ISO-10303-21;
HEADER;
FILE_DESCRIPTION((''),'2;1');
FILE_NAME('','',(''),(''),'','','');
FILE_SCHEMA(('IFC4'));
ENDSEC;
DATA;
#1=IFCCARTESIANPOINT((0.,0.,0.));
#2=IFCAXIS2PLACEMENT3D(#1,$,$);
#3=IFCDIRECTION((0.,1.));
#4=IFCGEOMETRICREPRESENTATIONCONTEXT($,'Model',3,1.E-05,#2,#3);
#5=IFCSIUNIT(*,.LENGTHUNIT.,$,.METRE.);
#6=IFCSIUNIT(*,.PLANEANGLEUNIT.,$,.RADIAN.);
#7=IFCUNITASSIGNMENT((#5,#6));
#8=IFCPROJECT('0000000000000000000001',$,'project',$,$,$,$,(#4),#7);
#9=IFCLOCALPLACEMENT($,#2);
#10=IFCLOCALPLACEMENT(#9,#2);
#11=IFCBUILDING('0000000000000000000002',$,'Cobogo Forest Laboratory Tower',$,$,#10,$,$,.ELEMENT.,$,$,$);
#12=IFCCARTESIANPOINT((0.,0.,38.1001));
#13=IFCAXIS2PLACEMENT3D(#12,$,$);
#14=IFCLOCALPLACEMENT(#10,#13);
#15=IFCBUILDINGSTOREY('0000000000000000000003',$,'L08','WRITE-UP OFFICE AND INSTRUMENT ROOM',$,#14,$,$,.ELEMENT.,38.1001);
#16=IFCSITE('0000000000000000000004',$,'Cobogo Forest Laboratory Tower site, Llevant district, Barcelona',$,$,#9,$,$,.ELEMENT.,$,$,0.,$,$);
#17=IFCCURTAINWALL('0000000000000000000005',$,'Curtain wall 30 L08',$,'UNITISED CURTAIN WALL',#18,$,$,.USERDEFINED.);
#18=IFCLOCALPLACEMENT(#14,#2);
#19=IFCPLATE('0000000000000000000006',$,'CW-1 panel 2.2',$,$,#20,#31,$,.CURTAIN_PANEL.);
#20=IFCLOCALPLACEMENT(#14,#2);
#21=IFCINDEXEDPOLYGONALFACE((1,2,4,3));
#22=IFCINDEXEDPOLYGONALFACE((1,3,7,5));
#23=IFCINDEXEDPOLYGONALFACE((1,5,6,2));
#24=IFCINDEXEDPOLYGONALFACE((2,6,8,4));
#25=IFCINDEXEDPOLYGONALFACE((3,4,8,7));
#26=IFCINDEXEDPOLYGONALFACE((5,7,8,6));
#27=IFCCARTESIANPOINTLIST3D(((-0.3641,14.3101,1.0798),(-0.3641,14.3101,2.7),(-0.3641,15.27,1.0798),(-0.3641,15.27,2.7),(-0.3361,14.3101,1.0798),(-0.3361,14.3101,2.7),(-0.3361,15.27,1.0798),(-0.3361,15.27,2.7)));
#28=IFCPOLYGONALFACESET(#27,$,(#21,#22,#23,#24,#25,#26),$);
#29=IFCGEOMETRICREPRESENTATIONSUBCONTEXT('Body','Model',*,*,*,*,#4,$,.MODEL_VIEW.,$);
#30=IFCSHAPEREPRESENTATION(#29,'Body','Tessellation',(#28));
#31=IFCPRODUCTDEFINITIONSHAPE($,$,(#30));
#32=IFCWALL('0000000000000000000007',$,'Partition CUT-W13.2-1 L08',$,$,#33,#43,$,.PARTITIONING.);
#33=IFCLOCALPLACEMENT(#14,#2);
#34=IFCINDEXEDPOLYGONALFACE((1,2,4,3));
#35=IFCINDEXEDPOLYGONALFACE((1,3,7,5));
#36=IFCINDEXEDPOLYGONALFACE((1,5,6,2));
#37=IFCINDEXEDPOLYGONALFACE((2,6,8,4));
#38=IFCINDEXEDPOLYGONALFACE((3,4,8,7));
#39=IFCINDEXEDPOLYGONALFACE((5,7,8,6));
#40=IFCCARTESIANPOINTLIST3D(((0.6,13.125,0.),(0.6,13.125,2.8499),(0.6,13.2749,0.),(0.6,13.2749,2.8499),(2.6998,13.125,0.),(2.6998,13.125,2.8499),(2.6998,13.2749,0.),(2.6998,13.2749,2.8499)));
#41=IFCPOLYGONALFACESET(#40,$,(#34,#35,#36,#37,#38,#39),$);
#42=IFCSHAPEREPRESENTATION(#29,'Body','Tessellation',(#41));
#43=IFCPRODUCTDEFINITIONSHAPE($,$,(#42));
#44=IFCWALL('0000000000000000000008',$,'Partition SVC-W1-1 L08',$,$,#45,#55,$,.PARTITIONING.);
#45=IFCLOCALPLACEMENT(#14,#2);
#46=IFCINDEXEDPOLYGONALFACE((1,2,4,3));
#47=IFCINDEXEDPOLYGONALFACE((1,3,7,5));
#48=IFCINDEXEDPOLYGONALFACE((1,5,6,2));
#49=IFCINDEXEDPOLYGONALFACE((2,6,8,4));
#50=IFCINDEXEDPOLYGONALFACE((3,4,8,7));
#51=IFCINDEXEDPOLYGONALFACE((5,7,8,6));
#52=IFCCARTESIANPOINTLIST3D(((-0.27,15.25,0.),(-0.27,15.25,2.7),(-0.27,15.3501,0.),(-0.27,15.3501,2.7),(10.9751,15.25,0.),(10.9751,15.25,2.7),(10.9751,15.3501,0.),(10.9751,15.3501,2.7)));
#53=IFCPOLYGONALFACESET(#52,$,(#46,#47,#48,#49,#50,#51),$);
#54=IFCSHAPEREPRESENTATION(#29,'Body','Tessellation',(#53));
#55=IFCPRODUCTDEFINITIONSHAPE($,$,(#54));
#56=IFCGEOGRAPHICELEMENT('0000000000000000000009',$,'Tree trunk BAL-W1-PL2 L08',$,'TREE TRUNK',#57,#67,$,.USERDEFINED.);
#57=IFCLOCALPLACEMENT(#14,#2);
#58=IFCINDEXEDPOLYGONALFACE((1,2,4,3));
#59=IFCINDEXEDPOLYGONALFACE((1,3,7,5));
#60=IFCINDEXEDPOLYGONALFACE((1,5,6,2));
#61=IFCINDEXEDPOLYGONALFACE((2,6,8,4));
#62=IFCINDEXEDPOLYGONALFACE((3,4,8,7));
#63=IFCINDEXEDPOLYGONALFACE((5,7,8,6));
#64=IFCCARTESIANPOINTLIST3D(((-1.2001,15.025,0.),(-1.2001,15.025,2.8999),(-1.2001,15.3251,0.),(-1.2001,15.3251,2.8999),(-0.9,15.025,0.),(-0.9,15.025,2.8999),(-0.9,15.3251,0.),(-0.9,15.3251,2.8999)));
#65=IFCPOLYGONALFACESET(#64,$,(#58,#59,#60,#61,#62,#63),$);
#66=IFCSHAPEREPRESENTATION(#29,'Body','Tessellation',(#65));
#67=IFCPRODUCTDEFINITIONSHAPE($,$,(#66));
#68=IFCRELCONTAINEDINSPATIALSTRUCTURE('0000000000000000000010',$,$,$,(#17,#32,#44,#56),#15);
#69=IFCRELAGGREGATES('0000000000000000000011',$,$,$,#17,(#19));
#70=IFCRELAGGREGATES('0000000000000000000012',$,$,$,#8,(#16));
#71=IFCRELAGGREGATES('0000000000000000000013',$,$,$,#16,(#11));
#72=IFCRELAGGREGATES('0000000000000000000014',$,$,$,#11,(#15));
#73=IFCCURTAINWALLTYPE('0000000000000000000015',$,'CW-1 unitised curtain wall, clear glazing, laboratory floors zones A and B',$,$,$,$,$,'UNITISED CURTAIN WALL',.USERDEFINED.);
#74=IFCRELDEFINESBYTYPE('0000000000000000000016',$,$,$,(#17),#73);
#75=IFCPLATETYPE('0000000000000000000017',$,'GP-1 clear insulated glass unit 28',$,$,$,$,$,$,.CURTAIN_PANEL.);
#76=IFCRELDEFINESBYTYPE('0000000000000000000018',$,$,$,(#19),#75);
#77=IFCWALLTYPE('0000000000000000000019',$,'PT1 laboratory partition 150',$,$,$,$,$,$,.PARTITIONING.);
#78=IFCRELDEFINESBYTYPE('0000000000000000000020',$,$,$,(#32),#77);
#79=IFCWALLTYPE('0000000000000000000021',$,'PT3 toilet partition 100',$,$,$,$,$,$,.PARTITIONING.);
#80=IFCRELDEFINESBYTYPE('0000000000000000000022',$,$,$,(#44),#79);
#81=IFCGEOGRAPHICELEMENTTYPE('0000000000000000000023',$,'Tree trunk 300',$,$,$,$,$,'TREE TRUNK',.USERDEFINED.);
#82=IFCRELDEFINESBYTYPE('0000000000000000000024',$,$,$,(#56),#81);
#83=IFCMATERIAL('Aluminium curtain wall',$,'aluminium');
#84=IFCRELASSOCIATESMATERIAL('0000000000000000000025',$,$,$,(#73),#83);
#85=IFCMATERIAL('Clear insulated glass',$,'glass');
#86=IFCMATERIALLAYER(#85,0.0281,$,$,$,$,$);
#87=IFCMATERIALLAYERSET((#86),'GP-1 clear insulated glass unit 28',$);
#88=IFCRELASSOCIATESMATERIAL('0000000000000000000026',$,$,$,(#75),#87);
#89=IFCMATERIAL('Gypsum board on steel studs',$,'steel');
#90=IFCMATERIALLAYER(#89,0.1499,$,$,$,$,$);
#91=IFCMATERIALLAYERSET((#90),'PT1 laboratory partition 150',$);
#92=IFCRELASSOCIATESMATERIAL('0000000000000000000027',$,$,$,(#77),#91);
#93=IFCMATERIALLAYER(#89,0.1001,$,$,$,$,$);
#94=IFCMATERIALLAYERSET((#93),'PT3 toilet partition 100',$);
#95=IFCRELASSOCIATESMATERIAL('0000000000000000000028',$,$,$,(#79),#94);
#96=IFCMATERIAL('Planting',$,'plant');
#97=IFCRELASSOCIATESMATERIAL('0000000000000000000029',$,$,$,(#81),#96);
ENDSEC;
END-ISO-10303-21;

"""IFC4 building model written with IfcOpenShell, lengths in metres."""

from ifc_helpers import new_model, si_unit, direction, frame, frame_2d, origin, origin_2d, place, context, subcontext, project, spatial, rectangle, extrude, material, layer, layer_set, type_object, element, aggregate, save


model = new_model("IFC4")

# Units and contexts
model_context = context("Model", 3, precision=1e-05, world=origin(), true_north=direction((0.0, 1.0)))
body_context = subcontext(model_context, "Body", "Model", "MODEL_VIEW")
ifc_project = project(units=[si_unit("LENGTHUNIT", "METRE"), si_unit("PLANEANGLEUNIT", "RADIAN")], contexts=[model_context])

# Site, building, storey
site_placement = place(None, origin())
site = spatial("IfcSite", under=ifc_project, at=site_placement, Name="Cobogo Forest Laboratory Tower site, Llevant district, Barcelona", CompositionType="ELEMENT", RefElevation=0.0)
building_placement = place(site_placement, origin())
building = spatial("IfcBuilding", under=site, at=building_placement, Name="Cobogo Forest Laboratory Tower", CompositionType="ELEMENT")
storey_placement = place(building_placement, frame((0.0, 0.0, 38.1001)))
storey = spatial("IfcBuildingStorey", under=building, at=storey_placement, Name="L08", Description="WRITE-UP OFFICE AND INSTRUMENT ROOM", CompositionType="ELEMENT", Elevation=38.1001)

# Shared definitions
ifc_material_1 = material(Name="Aluminium curtain wall", Category="aluminium")
curtain_wall_type = type_object("IfcCurtainWallType", Name="CW-1 unitised curtain wall, clear glazing, laboratory floors zones A and B", ElementType="UNITISED CURTAIN WALL", PredefinedType="USERDEFINED", material=ifc_material_1)

# Curtain wall
curtain_wall_1_placement = place(storey_placement, origin())
curtain_wall_1 = element("IfcCurtainWall", 1, at=curtain_wall_1_placement, inside=storey, type_object=curtain_wall_type, Name="Curtain wall 30 L08", ObjectType="UNITISED CURTAIN WALL", PredefinedType="USERDEFINED")

# Plate
ifc_material_2 = material(Name="Clear insulated glass", Category="glass")
ifc_layer_1 = layer(ifc_material_2, 0.0281)
ifc_layer_set_1 = layer_set([ifc_layer_1], Name="GP-1 clear insulated glass unit 28")
plate_type_1 = type_object("IfcPlateType", Name="GP-1 clear insulated glass unit 28", PredefinedType="CURTAIN_PANEL", material=ifc_layer_set_1)
plate_1_placement = place(storey_placement, frame((-0.3501, 14.79, 1.0798), z_axis=(0.0, 0.0, 1.0), x_axis=(0.0, -1.0, 0.0)))
plate_1 = element("IfcPlate", 2, at=plate_1_placement, type_object=plate_type_1, Name="CW-1 panel 2.2", PredefinedType="CURTAIN_PANEL", context=body_context, shape_type="SweptSolid", body=[
    extrude(rectangle(XDim=0.96, YDim=0.0281, at=origin_2d()), origin(), (0.0, 0.0, 1.0), 1.6201),
])
aggregate(curtain_wall_1, [plate_1])

# Walls
ifc_material_3 = material(Name="Gypsum board on steel studs", Category="steel")
ifc_layer_2 = layer(ifc_material_3, 0.1499)
ifc_layer_set_2 = layer_set([ifc_layer_2], Name="PT1 laboratory partition 150")
wall_type_1 = type_object("IfcWallType", Name="PT1 laboratory partition 150", PredefinedType="PARTITIONING", material=ifc_layer_set_2)
wall_1_placement = place(storey_placement, frame((0.6001, 13.2, 0.0), z_axis=(0.0, 0.0, 1.0), x_axis=(1.0, 0.0, 0.0)))
element("IfcWall", 3, at=wall_1_placement, inside=storey, type_object=wall_type_1, Name="Partition CUT-W13.2-1 L08", PredefinedType="PARTITIONING", context=body_context, shape_type="SweptSolid", body=[
    extrude(rectangle(XDim=2.0999, YDim=0.1499, at=frame_2d((1.0498, 0.0))), origin(), (0.0, 0.0, 1.0), 2.8499),
])
ifc_layer_3 = layer(ifc_material_3, 0.1001)
ifc_layer_set_3 = layer_set([ifc_layer_3], Name="PT3 toilet partition 100")
wall_type_2 = type_object("IfcWallType", Name="PT3 toilet partition 100", PredefinedType="PARTITIONING", material=ifc_layer_set_3)
wall_2_placement = place(storey_placement, frame((-0.27, 15.3, 0.0), z_axis=(0.0, 0.0, 1.0), x_axis=(1.0, 0.0, 0.0)))
element("IfcWall", 4, at=wall_2_placement, inside=storey, type_object=wall_type_2, Name="Partition SVC-W1-1 L08", PredefinedType="PARTITIONING", context=body_context, shape_type="SweptSolid", body=[
    extrude(rectangle(XDim=11.2451, YDim=0.1001, at=frame_2d((5.6226, 0.0))), origin(), (0.0, 0.0, 1.0), 2.7),
])

# Geographic element
ifc_material_4 = material(Name="Planting", Category="plant")
geographic_element_type = type_object("IfcGeographicElementType", Name="Tree trunk 300", ElementType="TREE TRUNK", PredefinedType="USERDEFINED", material=ifc_material_4)
geographic_element_placement = place(storey_placement, frame((-1.05, 15.175, 0.0), z_axis=(0.0, 0.0, 1.0), x_axis=(1.0, 0.0, 0.0)))
element("IfcGeographicElement", 5, at=geographic_element_placement, inside=storey, type_object=geographic_element_type, Name="Tree trunk BAL-W1-PL2 L08", ObjectType="TREE TRUNK", PredefinedType="USERDEFINED", context=body_context, shape_type="SweptSolid", body=[
    extrude(rectangle(XDim=0.3, YDim=0.3, at=origin_2d()), origin(), (0.0, 0.0, 1.0), 2.8999),
])

save(model, "model.ifc")
